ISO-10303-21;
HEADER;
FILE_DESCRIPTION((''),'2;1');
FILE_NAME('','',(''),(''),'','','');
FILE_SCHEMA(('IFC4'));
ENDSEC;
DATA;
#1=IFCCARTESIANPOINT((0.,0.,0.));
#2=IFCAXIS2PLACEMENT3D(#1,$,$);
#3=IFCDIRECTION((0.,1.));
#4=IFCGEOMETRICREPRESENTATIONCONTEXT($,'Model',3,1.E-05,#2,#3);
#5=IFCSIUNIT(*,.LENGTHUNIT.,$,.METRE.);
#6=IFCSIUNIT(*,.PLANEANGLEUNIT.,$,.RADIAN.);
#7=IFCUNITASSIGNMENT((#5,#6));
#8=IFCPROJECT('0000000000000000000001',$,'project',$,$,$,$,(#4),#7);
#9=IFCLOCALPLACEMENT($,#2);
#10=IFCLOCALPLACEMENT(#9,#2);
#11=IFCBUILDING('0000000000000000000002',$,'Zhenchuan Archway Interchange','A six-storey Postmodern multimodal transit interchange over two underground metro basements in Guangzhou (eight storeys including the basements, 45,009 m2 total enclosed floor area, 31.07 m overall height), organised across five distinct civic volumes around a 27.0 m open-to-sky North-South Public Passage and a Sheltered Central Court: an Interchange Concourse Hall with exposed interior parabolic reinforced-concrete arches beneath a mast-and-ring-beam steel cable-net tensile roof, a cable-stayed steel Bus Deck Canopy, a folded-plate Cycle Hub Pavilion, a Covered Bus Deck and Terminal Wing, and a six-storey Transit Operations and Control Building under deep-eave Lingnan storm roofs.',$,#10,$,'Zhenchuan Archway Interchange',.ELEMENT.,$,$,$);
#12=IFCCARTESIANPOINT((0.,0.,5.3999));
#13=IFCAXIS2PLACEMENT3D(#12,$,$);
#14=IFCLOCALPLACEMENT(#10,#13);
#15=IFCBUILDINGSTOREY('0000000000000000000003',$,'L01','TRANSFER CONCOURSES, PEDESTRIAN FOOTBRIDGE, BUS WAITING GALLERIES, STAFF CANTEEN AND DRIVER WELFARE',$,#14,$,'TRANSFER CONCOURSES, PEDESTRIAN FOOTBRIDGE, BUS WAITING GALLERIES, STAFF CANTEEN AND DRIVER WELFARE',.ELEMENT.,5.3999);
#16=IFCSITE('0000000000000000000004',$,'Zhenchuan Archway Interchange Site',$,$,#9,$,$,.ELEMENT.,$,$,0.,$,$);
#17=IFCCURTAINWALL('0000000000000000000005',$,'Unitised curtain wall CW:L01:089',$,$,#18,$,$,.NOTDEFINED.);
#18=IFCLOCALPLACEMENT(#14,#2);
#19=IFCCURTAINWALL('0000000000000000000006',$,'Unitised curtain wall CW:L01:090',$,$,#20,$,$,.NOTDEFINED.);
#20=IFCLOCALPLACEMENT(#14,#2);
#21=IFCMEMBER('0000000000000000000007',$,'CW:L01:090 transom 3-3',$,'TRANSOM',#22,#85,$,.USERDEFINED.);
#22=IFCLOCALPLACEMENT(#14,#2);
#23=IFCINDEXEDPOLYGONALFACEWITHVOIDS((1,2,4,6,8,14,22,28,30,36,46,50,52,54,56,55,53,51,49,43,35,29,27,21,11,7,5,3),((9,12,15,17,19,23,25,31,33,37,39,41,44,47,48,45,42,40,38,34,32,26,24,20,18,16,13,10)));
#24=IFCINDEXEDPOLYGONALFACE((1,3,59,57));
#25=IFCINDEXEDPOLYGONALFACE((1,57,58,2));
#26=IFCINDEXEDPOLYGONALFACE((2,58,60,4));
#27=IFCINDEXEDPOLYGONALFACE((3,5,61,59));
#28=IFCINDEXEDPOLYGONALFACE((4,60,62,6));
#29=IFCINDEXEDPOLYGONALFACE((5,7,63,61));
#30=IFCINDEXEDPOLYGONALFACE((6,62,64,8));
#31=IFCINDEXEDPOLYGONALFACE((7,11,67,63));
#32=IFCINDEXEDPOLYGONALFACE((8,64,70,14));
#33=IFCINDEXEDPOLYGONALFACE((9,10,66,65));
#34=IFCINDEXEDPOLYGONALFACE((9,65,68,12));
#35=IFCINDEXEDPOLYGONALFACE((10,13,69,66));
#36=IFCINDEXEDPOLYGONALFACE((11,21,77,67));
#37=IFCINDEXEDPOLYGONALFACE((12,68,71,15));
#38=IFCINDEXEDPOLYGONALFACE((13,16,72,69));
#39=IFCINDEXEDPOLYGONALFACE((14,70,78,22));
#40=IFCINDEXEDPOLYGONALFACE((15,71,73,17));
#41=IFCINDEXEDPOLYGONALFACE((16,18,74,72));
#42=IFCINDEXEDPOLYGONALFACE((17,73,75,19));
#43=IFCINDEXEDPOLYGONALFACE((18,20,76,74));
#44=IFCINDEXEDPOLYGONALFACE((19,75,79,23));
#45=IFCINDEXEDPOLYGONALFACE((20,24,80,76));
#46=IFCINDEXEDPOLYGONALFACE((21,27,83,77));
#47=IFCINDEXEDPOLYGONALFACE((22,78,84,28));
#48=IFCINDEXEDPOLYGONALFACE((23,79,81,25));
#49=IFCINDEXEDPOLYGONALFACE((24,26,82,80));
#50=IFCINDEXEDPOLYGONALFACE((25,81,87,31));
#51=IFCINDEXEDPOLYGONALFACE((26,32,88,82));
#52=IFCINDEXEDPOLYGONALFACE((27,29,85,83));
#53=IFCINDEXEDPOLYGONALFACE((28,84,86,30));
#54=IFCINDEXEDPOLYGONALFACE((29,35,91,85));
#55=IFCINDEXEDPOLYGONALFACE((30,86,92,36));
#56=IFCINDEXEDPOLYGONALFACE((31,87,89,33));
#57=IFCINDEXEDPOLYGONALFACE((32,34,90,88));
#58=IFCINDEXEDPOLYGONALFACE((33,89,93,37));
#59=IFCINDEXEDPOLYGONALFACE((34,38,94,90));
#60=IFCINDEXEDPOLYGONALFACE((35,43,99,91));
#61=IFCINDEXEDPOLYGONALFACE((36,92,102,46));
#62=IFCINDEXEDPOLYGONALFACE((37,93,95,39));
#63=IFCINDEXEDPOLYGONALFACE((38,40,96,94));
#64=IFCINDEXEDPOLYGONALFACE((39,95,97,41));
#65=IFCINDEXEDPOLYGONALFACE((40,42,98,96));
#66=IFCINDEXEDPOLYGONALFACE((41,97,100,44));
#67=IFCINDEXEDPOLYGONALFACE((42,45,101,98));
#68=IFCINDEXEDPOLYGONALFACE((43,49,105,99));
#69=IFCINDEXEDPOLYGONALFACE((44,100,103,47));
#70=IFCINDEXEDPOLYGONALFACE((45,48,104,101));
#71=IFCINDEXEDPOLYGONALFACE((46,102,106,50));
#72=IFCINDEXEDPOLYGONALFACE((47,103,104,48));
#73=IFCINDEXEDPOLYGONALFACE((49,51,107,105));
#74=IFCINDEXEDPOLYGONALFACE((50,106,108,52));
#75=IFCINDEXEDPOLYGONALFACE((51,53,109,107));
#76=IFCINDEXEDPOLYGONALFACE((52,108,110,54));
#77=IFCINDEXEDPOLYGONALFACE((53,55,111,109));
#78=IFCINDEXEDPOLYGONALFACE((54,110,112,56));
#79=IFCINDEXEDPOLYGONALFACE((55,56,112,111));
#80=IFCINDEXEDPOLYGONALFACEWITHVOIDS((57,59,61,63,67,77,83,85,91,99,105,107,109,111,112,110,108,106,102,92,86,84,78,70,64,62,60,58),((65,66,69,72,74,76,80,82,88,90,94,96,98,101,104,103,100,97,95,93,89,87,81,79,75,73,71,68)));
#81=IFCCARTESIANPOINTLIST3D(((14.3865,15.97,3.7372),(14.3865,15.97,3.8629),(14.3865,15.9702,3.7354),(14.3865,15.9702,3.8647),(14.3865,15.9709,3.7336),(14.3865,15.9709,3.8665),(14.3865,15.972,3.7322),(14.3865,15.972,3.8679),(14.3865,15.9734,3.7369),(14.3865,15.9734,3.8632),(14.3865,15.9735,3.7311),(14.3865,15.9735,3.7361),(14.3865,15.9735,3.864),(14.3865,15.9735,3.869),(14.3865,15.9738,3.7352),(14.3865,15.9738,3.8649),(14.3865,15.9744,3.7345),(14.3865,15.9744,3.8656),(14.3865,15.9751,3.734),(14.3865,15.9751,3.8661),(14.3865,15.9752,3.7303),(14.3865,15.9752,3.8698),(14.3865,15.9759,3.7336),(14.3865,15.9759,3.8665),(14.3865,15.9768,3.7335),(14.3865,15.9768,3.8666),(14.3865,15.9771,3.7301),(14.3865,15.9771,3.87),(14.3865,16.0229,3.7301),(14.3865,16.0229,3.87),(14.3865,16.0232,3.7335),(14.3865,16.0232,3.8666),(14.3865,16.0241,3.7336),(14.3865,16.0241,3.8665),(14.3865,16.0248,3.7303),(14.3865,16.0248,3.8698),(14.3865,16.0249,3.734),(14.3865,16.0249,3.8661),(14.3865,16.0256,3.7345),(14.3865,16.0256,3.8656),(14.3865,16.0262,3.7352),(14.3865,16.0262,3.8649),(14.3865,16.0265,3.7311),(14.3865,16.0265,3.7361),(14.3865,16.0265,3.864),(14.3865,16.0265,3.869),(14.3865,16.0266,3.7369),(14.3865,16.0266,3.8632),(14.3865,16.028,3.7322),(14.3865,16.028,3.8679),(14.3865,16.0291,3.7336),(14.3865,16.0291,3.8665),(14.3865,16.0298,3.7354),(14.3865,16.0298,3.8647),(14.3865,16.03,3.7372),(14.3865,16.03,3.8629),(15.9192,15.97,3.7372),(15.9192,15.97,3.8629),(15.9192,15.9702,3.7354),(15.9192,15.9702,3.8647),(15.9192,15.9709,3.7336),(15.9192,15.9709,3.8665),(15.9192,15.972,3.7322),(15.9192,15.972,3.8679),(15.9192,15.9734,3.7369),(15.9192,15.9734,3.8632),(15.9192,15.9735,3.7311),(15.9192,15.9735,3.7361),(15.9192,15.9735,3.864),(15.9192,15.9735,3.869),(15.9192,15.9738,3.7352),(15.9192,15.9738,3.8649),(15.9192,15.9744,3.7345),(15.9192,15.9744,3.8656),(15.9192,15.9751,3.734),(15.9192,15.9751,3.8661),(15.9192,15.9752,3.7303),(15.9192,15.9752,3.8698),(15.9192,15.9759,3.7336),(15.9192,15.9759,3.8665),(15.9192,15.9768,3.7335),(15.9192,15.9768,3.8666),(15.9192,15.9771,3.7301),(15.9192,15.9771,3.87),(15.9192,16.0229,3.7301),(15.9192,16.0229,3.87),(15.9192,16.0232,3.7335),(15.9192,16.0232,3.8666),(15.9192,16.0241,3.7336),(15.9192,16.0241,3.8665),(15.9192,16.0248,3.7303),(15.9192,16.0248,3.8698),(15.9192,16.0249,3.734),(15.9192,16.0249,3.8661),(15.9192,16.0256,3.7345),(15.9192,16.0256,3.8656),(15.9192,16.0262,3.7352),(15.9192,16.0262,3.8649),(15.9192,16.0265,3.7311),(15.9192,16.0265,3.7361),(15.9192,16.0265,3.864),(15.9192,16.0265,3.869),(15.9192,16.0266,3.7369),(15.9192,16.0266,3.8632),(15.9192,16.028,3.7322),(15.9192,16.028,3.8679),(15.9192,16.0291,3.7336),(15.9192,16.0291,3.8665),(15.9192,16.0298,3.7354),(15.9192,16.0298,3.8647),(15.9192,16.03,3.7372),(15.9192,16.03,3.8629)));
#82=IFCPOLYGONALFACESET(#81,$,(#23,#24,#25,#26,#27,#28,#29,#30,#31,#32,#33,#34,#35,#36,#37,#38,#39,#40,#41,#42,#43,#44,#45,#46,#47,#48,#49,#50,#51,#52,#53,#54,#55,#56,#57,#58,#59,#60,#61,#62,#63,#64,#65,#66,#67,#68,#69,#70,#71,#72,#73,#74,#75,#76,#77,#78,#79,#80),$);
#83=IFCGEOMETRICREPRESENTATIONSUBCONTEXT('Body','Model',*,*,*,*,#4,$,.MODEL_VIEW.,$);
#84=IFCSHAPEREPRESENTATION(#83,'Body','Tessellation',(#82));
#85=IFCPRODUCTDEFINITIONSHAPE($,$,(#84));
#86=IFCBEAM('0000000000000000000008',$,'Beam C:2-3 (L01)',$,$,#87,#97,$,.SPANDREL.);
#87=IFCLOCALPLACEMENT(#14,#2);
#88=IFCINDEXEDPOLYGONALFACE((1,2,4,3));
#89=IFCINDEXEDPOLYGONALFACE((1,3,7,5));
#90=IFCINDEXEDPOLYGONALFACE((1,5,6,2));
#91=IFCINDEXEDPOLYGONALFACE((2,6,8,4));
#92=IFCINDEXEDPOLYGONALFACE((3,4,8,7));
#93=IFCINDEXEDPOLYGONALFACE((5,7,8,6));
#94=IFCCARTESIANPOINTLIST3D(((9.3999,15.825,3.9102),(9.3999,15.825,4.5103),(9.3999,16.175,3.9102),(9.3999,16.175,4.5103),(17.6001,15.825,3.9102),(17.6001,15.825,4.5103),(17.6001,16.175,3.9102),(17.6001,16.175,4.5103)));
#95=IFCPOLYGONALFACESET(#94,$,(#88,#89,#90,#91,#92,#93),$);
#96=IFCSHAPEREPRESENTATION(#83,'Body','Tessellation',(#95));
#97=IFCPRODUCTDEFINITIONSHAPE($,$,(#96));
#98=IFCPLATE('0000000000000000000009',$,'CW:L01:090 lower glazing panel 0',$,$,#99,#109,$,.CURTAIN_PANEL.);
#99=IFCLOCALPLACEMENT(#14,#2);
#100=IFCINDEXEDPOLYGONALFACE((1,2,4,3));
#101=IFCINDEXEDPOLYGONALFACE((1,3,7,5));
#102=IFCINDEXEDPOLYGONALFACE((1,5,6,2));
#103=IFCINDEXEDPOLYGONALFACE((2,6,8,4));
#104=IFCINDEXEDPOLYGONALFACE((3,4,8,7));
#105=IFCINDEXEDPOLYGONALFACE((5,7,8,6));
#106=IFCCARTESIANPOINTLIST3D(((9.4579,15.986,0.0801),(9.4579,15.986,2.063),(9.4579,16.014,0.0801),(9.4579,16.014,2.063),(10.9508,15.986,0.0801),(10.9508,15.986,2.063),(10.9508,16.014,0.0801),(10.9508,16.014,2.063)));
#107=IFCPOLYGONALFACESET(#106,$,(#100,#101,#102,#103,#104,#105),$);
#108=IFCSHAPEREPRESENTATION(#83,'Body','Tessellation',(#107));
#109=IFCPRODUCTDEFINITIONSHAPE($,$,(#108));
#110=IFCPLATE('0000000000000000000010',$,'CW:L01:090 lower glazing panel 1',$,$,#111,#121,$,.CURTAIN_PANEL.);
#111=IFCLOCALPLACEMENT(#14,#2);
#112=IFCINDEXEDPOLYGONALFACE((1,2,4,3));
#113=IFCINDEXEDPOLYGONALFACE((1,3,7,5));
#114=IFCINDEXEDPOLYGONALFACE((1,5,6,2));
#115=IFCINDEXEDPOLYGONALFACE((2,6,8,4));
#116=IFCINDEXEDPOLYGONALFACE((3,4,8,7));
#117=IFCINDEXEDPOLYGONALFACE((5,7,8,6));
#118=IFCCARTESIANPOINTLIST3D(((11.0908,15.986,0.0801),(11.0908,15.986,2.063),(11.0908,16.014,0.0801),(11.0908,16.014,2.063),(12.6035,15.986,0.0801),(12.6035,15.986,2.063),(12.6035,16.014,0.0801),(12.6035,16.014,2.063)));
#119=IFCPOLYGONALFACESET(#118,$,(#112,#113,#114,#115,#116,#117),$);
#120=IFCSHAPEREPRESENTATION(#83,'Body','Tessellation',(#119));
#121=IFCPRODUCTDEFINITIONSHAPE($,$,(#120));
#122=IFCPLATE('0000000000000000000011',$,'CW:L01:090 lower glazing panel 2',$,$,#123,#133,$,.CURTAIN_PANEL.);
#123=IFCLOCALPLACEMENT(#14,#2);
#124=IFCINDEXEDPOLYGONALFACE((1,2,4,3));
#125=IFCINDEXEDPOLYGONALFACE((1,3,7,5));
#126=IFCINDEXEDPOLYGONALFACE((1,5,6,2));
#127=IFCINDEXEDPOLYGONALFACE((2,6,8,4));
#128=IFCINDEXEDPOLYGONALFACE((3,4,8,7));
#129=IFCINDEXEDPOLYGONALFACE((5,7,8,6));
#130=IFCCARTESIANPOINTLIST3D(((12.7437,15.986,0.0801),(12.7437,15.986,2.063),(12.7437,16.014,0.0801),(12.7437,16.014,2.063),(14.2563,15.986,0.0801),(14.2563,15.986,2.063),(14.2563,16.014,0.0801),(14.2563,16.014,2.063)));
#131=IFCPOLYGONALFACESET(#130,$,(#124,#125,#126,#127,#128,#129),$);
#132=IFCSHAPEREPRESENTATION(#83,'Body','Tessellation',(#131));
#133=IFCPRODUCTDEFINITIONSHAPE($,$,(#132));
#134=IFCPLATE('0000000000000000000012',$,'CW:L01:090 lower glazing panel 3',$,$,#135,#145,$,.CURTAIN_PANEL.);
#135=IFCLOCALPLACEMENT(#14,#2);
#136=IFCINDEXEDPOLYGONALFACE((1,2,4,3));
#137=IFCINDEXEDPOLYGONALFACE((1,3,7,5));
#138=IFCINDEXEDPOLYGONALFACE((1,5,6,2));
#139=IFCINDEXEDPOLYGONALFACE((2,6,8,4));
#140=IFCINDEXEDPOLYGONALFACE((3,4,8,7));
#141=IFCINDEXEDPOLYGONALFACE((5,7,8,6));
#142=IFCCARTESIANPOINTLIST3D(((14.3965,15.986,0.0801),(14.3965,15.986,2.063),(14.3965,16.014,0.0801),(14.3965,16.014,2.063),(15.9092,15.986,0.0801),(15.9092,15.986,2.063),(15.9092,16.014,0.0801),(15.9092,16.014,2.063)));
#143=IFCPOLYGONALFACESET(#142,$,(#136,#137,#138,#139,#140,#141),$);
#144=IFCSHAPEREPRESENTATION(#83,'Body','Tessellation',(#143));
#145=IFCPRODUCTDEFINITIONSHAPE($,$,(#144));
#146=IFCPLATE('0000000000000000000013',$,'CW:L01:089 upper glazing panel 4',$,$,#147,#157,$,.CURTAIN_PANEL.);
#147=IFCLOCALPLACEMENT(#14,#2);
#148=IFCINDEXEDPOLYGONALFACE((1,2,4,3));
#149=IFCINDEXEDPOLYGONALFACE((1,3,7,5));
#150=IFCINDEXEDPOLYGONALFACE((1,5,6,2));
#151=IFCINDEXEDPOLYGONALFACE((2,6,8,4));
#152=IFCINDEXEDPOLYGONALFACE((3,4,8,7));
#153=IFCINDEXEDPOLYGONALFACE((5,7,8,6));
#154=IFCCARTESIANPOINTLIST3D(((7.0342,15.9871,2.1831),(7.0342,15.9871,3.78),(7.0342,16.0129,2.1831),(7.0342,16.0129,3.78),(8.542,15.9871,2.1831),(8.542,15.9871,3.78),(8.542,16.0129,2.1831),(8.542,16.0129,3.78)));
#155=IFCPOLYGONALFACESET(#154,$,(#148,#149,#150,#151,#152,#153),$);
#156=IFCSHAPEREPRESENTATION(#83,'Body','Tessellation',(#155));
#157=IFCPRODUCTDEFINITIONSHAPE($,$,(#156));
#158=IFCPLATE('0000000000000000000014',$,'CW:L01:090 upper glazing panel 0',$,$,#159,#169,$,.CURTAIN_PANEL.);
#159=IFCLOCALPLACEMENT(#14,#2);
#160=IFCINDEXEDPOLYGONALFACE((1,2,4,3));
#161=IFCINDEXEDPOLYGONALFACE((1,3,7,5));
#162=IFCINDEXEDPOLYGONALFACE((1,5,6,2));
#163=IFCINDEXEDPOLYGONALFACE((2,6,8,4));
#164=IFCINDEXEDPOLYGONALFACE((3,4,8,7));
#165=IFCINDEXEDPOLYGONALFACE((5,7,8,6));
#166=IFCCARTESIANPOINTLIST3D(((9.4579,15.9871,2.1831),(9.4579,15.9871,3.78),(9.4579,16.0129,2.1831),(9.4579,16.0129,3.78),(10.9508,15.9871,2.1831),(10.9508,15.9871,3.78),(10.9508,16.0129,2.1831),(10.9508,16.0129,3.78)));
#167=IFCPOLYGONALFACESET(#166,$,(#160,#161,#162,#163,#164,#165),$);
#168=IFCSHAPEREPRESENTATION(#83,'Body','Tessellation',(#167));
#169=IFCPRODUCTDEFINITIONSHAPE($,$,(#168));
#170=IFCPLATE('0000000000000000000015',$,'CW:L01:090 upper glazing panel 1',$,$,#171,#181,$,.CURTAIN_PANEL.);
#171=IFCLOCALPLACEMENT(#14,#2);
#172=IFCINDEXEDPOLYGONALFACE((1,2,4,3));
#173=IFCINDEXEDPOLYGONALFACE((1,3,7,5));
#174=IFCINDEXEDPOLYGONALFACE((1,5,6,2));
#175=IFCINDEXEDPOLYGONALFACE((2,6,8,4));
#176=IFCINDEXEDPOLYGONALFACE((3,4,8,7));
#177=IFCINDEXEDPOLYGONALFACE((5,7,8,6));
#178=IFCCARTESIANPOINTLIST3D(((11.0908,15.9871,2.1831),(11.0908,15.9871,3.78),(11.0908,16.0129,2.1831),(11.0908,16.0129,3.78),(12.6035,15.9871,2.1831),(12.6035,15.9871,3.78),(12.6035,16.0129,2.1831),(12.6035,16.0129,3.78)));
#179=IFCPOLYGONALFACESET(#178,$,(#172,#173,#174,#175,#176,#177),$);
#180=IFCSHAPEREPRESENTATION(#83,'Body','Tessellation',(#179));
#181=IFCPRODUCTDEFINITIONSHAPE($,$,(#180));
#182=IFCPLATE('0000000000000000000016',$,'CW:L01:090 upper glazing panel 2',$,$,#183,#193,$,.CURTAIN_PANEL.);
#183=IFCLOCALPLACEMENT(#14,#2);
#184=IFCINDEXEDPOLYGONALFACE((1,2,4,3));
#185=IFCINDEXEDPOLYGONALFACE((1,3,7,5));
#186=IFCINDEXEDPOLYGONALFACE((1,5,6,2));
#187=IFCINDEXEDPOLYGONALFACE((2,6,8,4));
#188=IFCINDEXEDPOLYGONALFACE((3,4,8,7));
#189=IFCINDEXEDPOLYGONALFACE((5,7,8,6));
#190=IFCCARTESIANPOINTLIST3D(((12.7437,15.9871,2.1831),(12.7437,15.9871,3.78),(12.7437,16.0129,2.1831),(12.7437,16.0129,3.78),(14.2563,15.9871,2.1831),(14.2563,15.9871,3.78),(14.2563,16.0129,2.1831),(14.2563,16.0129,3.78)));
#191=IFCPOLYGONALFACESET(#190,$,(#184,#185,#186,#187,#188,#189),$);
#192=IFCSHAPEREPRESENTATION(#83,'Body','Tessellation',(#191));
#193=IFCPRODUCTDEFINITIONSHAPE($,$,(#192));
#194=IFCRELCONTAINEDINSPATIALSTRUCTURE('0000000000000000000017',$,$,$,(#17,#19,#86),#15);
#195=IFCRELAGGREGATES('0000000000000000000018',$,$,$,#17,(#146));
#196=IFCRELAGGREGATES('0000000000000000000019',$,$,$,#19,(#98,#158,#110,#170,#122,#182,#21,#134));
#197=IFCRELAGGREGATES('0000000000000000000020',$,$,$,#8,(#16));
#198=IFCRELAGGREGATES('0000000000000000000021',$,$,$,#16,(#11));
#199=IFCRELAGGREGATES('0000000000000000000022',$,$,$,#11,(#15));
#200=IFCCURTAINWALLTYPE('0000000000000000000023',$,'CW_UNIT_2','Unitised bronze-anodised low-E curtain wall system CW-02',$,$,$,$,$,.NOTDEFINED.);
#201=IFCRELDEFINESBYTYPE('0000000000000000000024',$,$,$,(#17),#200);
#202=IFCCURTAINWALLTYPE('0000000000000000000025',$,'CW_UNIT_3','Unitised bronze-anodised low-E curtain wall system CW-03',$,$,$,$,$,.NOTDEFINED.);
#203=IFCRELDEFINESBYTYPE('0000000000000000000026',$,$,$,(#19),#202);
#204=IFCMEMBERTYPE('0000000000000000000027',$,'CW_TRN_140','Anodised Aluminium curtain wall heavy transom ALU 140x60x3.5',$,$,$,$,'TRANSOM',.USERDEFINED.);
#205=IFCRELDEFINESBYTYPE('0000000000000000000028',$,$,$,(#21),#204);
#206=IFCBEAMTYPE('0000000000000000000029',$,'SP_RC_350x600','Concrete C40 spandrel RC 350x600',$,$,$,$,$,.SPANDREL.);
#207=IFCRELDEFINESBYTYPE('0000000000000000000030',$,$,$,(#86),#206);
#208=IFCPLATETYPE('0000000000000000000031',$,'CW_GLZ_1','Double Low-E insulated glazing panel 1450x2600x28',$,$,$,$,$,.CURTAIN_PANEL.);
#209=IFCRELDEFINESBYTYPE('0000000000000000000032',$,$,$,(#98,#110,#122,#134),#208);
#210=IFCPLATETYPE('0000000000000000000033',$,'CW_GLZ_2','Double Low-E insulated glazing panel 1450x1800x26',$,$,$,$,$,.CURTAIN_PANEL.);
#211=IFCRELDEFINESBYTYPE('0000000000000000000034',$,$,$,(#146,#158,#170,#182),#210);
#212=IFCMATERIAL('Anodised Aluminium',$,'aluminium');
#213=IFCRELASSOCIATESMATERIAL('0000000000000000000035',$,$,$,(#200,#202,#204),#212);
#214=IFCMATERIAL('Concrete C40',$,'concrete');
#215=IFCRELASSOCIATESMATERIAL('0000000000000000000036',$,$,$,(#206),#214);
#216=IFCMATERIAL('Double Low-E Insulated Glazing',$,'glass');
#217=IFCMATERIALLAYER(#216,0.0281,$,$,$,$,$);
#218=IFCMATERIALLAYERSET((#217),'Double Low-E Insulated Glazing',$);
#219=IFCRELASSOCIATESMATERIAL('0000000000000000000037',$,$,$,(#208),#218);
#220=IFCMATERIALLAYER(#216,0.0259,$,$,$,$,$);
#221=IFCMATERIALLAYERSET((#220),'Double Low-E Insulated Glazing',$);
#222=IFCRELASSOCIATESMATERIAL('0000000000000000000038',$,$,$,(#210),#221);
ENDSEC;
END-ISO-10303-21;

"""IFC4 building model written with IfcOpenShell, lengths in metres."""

from ifc_helpers import new_model, si_unit, direction, frame, origin, origin_2d, place, context, subcontext, project, spatial, rectangle, hollow_rectangle, extrude, material, layer, layer_set, material_profile, profile_set, type_object, element, aggregate, save


model = new_model("IFC4")

# Units and contexts
model_context = context("Model", 3, precision=1e-05, world=origin(), true_north=direction((0.0, 1.0)))
body_context = subcontext(model_context, "Body", "Model", "MODEL_VIEW")
ifc_project = project(units=[si_unit("LENGTHUNIT", "METRE"), si_unit("PLANEANGLEUNIT", "RADIAN")], contexts=[model_context])

# Site, building, storey
site_placement = place(None, origin())
site = spatial("IfcSite", under=ifc_project, at=site_placement, Name="Zhenchuan Archway Interchange Site", CompositionType="ELEMENT", RefElevation=0.0)
building_placement = place(site_placement, origin())
building = spatial("IfcBuilding", under=site, at=building_placement, Name="Zhenchuan Archway Interchange", Description="A six-storey Postmodern multimodal transit interchange over two underground metro basements in Guangzhou (eight storeys including the basements, 45,009 m2 total enclosed floor area, 31.07 m overall height), organised across five distinct civic volumes around a 27.0 m open-to-sky North-South Public Passage and a Sheltered Central Court: an Interchange Concourse Hall with exposed interior parabolic reinforced-concrete arches beneath a mast-and-ring-beam steel cable-net tensile roof, a cable-stayed steel Bus Deck Canopy, a folded-plate Cycle Hub Pavilion, a Covered Bus Deck and Terminal Wing, and a six-storey Transit Operations and Control Building under deep-eave Lingnan storm roofs.", LongName="Zhenchuan Archway Interchange", CompositionType="ELEMENT")
storey_placement = place(building_placement, frame((0.0, 0.0, 5.3999)))
storey = spatial("IfcBuildingStorey", under=building, at=storey_placement, Name="L01", Description="TRANSFER CONCOURSES, PEDESTRIAN FOOTBRIDGE, BUS WAITING GALLERIES, STAFF CANTEEN AND DRIVER WELFARE", LongName="TRANSFER CONCOURSES, PEDESTRIAN FOOTBRIDGE, BUS WAITING GALLERIES, STAFF CANTEEN AND DRIVER WELFARE", CompositionType="ELEMENT", Elevation=5.3999)

# Shared definitions
ifc_material_1 = material(Name="Concrete C40", Category="concrete")

# Curtain wall
ifc_material_2 = material(Name="Anodised Aluminium", Category="aluminium")
curtain_wall_type_1 = type_object("IfcCurtainWallType", Name="CW_UNIT_2", Description="Unitised bronze-anodised low-E curtain wall system CW-02", PredefinedType="NOTDEFINED", material=ifc_material_2)
curtain_wall_1_placement = place(storey_placement, origin())
curtain_wall_1 = element("IfcCurtainWall", 1, at=curtain_wall_1_placement, inside=storey, type_object=curtain_wall_type_1, Name="Unitised curtain wall CW:L01:089", PredefinedType="NOTDEFINED")

# Curtain wall, member
curtain_wall_type_2 = type_object("IfcCurtainWallType", Name="CW_UNIT_3", Description="Unitised bronze-anodised low-E curtain wall system CW-03", PredefinedType="NOTDEFINED", material=ifc_material_2)
curtain_wall_2_placement = place(storey_placement, origin())
curtain_wall_2 = element("IfcCurtainWall", 2, at=curtain_wall_2_placement, inside=storey, type_object=curtain_wall_type_2, Name="Unitised curtain wall CW:L01:090", PredefinedType="NOTDEFINED")
ifc_material_profile_1 = material_profile(ifc_material_2, hollow_rectangle(XDim=0.0601, YDim=0.1399, WallThickness=0.0034, InnerFilletRadius=0.0034, OuterFilletRadius=0.0071, at=origin_2d()), Name="ALU 140x60x3.5")
ifc_profile_set_1 = profile_set([ifc_material_profile_1], Name="Anodised Aluminium")
member_type_1 = type_object("IfcMemberType", Name="CW_TRN_140", Description="Anodised Aluminium curtain wall heavy transom ALU 140x60x3.5", ElementType="TRANSOM", PredefinedType="USERDEFINED", material=ifc_profile_set_1)
member_1_placement = place(storey_placement, frame((14.3865, 16.0, 3.8), z_axis=(1.0, 0.0, 0.0), x_axis=(0.0, 1.0, 0.0)))
member_1 = element("IfcMember", 3, at=member_1_placement, type_object=member_type_1, Name="CW:L01:090 transom 3-3", ObjectType="TRANSOM", PredefinedType="USERDEFINED", context=body_context, shape_type="SweptSolid", body=[
    extrude(hollow_rectangle(XDim=0.0601, YDim=0.1399, WallThickness=0.0034, InnerFilletRadius=0.0034, OuterFilletRadius=0.0071, at=origin_2d()), origin(), (0.0, 0.0, 1.0), 1.5327),
])

# Beam
ifc_material_profile_2 = material_profile(ifc_material_1, rectangle(XDim=0.3501, YDim=0.6001, at=origin_2d()), Name="RC 350x600")
ifc_profile_set_2 = profile_set([ifc_material_profile_2], Name="Concrete C40")
beam_type = type_object("IfcBeamType", Name="SP_RC_350x600", Description="Concrete C40 spandrel RC 350x600", PredefinedType="SPANDREL", material=ifc_profile_set_2)
beam_placement = place(storey_placement, frame((9.3999, 16.0, 4.2102), z_axis=(1.0, 0.0, 0.0), x_axis=(0.0, 1.0, 0.0)))
element("IfcBeam", 4, at=beam_placement, inside=storey, type_object=beam_type, Name="Beam C:2-3 (L01)", PredefinedType="SPANDREL", context=body_context, shape_type="SweptSolid", body=[
    extrude(rectangle(XDim=0.3501, YDim=0.6001, at=origin_2d()), origin(), (0.0, 0.0, 1.0), 8.2002),
])

# Plates
ifc_material_3 = material(Name="Double Low-E Insulated Glazing", Category="glass")
ifc_layer_1 = layer(ifc_material_3, 0.0281)
ifc_layer_set_1 = layer_set([ifc_layer_1], Name="Double Low-E Insulated Glazing")
plate_type_1 = type_object("IfcPlateType", Name="CW_GLZ_1", Description="Double Low-E insulated glazing panel 1450x2600x28", PredefinedType="CURTAIN_PANEL", material=ifc_layer_set_1)
plate_1_placement = place(storey_placement, frame((10.2043, 16.0, 0.0801), z_axis=(0.0, 0.0, 1.0), x_axis=(1.0, 0.0, 0.0)))
plate_1 = element("IfcPlate", 5, at=plate_1_placement, type_object=plate_type_1, Name="CW:L01:090 lower glazing panel 0", PredefinedType="CURTAIN_PANEL", context=body_context, shape_type="SweptSolid", body=[
    extrude(rectangle(XDim=1.4929, YDim=0.0281, at=origin_2d()), origin(), (0.0, 0.0, 1.0), 1.9829),
])
plate_2_placement = place(storey_placement, frame((11.8472, 16.0, 0.0801), z_axis=(0.0, 0.0, 1.0), x_axis=(1.0, 0.0, 0.0)))
plate_2 = element("IfcPlate", 6, at=plate_2_placement, type_object=plate_type_1, Name="CW:L01:090 lower glazing panel 1", PredefinedType="CURTAIN_PANEL", context=body_context, shape_type="SweptSolid", body=[
    extrude(rectangle(XDim=1.5127, YDim=0.0281, at=origin_2d()), origin(), (0.0, 0.0, 1.0), 1.9829),
])
plate_3_placement = place(storey_placement, frame((13.5, 16.0, 0.0801), z_axis=(0.0, 0.0, 1.0), x_axis=(1.0, 0.0, 0.0)))
plate_3 = element("IfcPlate", 7, at=plate_3_placement, type_object=plate_type_1, Name="CW:L01:090 lower glazing panel 2", PredefinedType="CURTAIN_PANEL", context=body_context, shape_type="SweptSolid", body=[
    extrude(rectangle(XDim=1.5127, YDim=0.0281, at=origin_2d()), origin(), (0.0, 0.0, 1.0), 1.9829),
])
plate_4_placement = place(storey_placement, frame((15.1528, 16.0, 0.0801), z_axis=(0.0, 0.0, 1.0), x_axis=(1.0, 0.0, 0.0)))
plate_4 = element("IfcPlate", 8, at=plate_4_placement, type_object=plate_type_1, Name="CW:L01:090 lower glazing panel 3", PredefinedType="CURTAIN_PANEL", context=body_context, shape_type="SweptSolid", body=[
    extrude(rectangle(XDim=1.5127, YDim=0.0281, at=origin_2d()), origin(), (0.0, 0.0, 1.0), 1.9829),
])
ifc_layer_2 = layer(ifc_material_3, 0.0259)
ifc_layer_set_2 = layer_set([ifc_layer_2], Name="Double Low-E Insulated Glazing")
plate_type_2 = type_object("IfcPlateType", Name="CW_GLZ_2", Description="Double Low-E insulated glazing panel 1450x1800x26", PredefinedType="CURTAIN_PANEL", material=ifc_layer_set_2)
plate_5_placement = place(storey_placement, frame((7.7881, 16.0, 2.1831), z_axis=(0.0, 0.0, 1.0), x_axis=(1.0, 0.0, 0.0)))
plate_5 = element("IfcPlate", 9, at=plate_5_placement, type_object=plate_type_2, Name="CW:L01:089 upper glazing panel 4", PredefinedType="CURTAIN_PANEL", context=body_context, shape_type="SweptSolid", body=[
    extrude(rectangle(XDim=1.5078, YDim=0.0259, at=origin_2d()), origin(), (0.0, 0.0, 1.0), 1.5969),
])
aggregate(curtain_wall_1, [plate_5])
plate_6_placement = place(storey_placement, frame((10.2043, 16.0, 2.1831), z_axis=(0.0, 0.0, 1.0), x_axis=(1.0, 0.0, 0.0)))
plate_6 = element("IfcPlate", 10, at=plate_6_placement, type_object=plate_type_2, Name="CW:L01:090 upper glazing panel 0", PredefinedType="CURTAIN_PANEL", context=body_context, shape_type="SweptSolid", body=[
    extrude(rectangle(XDim=1.4929, YDim=0.0259, at=origin_2d()), origin(), (0.0, 0.0, 1.0), 1.5969),
])
plate_7_placement = place(storey_placement, frame((11.8472, 16.0, 2.1831), z_axis=(0.0, 0.0, 1.0), x_axis=(1.0, 0.0, 0.0)))
plate_7 = element("IfcPlate", 11, at=plate_7_placement, type_object=plate_type_2, Name="CW:L01:090 upper glazing panel 1", PredefinedType="CURTAIN_PANEL", context=body_context, shape_type="SweptSolid", body=[
    extrude(rectangle(XDim=1.5127, YDim=0.0259, at=origin_2d()), origin(), (0.0, 0.0, 1.0), 1.5969),
])
plate_8_placement = place(storey_placement, frame((13.5, 16.0, 2.1831), z_axis=(0.0, 0.0, 1.0), x_axis=(1.0, 0.0, 0.0)))
plate_8 = element("IfcPlate", 12, at=plate_8_placement, type_object=plate_type_2, Name="CW:L01:090 upper glazing panel 2", PredefinedType="CURTAIN_PANEL", context=body_context, shape_type="SweptSolid", body=[
    extrude(rectangle(XDim=1.5127, YDim=0.0259, at=origin_2d()), origin(), (0.0, 0.0, 1.0), 1.5969),
])
aggregate(curtain_wall_2, [plate_1, plate_6, plate_2, plate_7, plate_3, plate_8, member_1, plate_4])

save(model, "model.ifc")
